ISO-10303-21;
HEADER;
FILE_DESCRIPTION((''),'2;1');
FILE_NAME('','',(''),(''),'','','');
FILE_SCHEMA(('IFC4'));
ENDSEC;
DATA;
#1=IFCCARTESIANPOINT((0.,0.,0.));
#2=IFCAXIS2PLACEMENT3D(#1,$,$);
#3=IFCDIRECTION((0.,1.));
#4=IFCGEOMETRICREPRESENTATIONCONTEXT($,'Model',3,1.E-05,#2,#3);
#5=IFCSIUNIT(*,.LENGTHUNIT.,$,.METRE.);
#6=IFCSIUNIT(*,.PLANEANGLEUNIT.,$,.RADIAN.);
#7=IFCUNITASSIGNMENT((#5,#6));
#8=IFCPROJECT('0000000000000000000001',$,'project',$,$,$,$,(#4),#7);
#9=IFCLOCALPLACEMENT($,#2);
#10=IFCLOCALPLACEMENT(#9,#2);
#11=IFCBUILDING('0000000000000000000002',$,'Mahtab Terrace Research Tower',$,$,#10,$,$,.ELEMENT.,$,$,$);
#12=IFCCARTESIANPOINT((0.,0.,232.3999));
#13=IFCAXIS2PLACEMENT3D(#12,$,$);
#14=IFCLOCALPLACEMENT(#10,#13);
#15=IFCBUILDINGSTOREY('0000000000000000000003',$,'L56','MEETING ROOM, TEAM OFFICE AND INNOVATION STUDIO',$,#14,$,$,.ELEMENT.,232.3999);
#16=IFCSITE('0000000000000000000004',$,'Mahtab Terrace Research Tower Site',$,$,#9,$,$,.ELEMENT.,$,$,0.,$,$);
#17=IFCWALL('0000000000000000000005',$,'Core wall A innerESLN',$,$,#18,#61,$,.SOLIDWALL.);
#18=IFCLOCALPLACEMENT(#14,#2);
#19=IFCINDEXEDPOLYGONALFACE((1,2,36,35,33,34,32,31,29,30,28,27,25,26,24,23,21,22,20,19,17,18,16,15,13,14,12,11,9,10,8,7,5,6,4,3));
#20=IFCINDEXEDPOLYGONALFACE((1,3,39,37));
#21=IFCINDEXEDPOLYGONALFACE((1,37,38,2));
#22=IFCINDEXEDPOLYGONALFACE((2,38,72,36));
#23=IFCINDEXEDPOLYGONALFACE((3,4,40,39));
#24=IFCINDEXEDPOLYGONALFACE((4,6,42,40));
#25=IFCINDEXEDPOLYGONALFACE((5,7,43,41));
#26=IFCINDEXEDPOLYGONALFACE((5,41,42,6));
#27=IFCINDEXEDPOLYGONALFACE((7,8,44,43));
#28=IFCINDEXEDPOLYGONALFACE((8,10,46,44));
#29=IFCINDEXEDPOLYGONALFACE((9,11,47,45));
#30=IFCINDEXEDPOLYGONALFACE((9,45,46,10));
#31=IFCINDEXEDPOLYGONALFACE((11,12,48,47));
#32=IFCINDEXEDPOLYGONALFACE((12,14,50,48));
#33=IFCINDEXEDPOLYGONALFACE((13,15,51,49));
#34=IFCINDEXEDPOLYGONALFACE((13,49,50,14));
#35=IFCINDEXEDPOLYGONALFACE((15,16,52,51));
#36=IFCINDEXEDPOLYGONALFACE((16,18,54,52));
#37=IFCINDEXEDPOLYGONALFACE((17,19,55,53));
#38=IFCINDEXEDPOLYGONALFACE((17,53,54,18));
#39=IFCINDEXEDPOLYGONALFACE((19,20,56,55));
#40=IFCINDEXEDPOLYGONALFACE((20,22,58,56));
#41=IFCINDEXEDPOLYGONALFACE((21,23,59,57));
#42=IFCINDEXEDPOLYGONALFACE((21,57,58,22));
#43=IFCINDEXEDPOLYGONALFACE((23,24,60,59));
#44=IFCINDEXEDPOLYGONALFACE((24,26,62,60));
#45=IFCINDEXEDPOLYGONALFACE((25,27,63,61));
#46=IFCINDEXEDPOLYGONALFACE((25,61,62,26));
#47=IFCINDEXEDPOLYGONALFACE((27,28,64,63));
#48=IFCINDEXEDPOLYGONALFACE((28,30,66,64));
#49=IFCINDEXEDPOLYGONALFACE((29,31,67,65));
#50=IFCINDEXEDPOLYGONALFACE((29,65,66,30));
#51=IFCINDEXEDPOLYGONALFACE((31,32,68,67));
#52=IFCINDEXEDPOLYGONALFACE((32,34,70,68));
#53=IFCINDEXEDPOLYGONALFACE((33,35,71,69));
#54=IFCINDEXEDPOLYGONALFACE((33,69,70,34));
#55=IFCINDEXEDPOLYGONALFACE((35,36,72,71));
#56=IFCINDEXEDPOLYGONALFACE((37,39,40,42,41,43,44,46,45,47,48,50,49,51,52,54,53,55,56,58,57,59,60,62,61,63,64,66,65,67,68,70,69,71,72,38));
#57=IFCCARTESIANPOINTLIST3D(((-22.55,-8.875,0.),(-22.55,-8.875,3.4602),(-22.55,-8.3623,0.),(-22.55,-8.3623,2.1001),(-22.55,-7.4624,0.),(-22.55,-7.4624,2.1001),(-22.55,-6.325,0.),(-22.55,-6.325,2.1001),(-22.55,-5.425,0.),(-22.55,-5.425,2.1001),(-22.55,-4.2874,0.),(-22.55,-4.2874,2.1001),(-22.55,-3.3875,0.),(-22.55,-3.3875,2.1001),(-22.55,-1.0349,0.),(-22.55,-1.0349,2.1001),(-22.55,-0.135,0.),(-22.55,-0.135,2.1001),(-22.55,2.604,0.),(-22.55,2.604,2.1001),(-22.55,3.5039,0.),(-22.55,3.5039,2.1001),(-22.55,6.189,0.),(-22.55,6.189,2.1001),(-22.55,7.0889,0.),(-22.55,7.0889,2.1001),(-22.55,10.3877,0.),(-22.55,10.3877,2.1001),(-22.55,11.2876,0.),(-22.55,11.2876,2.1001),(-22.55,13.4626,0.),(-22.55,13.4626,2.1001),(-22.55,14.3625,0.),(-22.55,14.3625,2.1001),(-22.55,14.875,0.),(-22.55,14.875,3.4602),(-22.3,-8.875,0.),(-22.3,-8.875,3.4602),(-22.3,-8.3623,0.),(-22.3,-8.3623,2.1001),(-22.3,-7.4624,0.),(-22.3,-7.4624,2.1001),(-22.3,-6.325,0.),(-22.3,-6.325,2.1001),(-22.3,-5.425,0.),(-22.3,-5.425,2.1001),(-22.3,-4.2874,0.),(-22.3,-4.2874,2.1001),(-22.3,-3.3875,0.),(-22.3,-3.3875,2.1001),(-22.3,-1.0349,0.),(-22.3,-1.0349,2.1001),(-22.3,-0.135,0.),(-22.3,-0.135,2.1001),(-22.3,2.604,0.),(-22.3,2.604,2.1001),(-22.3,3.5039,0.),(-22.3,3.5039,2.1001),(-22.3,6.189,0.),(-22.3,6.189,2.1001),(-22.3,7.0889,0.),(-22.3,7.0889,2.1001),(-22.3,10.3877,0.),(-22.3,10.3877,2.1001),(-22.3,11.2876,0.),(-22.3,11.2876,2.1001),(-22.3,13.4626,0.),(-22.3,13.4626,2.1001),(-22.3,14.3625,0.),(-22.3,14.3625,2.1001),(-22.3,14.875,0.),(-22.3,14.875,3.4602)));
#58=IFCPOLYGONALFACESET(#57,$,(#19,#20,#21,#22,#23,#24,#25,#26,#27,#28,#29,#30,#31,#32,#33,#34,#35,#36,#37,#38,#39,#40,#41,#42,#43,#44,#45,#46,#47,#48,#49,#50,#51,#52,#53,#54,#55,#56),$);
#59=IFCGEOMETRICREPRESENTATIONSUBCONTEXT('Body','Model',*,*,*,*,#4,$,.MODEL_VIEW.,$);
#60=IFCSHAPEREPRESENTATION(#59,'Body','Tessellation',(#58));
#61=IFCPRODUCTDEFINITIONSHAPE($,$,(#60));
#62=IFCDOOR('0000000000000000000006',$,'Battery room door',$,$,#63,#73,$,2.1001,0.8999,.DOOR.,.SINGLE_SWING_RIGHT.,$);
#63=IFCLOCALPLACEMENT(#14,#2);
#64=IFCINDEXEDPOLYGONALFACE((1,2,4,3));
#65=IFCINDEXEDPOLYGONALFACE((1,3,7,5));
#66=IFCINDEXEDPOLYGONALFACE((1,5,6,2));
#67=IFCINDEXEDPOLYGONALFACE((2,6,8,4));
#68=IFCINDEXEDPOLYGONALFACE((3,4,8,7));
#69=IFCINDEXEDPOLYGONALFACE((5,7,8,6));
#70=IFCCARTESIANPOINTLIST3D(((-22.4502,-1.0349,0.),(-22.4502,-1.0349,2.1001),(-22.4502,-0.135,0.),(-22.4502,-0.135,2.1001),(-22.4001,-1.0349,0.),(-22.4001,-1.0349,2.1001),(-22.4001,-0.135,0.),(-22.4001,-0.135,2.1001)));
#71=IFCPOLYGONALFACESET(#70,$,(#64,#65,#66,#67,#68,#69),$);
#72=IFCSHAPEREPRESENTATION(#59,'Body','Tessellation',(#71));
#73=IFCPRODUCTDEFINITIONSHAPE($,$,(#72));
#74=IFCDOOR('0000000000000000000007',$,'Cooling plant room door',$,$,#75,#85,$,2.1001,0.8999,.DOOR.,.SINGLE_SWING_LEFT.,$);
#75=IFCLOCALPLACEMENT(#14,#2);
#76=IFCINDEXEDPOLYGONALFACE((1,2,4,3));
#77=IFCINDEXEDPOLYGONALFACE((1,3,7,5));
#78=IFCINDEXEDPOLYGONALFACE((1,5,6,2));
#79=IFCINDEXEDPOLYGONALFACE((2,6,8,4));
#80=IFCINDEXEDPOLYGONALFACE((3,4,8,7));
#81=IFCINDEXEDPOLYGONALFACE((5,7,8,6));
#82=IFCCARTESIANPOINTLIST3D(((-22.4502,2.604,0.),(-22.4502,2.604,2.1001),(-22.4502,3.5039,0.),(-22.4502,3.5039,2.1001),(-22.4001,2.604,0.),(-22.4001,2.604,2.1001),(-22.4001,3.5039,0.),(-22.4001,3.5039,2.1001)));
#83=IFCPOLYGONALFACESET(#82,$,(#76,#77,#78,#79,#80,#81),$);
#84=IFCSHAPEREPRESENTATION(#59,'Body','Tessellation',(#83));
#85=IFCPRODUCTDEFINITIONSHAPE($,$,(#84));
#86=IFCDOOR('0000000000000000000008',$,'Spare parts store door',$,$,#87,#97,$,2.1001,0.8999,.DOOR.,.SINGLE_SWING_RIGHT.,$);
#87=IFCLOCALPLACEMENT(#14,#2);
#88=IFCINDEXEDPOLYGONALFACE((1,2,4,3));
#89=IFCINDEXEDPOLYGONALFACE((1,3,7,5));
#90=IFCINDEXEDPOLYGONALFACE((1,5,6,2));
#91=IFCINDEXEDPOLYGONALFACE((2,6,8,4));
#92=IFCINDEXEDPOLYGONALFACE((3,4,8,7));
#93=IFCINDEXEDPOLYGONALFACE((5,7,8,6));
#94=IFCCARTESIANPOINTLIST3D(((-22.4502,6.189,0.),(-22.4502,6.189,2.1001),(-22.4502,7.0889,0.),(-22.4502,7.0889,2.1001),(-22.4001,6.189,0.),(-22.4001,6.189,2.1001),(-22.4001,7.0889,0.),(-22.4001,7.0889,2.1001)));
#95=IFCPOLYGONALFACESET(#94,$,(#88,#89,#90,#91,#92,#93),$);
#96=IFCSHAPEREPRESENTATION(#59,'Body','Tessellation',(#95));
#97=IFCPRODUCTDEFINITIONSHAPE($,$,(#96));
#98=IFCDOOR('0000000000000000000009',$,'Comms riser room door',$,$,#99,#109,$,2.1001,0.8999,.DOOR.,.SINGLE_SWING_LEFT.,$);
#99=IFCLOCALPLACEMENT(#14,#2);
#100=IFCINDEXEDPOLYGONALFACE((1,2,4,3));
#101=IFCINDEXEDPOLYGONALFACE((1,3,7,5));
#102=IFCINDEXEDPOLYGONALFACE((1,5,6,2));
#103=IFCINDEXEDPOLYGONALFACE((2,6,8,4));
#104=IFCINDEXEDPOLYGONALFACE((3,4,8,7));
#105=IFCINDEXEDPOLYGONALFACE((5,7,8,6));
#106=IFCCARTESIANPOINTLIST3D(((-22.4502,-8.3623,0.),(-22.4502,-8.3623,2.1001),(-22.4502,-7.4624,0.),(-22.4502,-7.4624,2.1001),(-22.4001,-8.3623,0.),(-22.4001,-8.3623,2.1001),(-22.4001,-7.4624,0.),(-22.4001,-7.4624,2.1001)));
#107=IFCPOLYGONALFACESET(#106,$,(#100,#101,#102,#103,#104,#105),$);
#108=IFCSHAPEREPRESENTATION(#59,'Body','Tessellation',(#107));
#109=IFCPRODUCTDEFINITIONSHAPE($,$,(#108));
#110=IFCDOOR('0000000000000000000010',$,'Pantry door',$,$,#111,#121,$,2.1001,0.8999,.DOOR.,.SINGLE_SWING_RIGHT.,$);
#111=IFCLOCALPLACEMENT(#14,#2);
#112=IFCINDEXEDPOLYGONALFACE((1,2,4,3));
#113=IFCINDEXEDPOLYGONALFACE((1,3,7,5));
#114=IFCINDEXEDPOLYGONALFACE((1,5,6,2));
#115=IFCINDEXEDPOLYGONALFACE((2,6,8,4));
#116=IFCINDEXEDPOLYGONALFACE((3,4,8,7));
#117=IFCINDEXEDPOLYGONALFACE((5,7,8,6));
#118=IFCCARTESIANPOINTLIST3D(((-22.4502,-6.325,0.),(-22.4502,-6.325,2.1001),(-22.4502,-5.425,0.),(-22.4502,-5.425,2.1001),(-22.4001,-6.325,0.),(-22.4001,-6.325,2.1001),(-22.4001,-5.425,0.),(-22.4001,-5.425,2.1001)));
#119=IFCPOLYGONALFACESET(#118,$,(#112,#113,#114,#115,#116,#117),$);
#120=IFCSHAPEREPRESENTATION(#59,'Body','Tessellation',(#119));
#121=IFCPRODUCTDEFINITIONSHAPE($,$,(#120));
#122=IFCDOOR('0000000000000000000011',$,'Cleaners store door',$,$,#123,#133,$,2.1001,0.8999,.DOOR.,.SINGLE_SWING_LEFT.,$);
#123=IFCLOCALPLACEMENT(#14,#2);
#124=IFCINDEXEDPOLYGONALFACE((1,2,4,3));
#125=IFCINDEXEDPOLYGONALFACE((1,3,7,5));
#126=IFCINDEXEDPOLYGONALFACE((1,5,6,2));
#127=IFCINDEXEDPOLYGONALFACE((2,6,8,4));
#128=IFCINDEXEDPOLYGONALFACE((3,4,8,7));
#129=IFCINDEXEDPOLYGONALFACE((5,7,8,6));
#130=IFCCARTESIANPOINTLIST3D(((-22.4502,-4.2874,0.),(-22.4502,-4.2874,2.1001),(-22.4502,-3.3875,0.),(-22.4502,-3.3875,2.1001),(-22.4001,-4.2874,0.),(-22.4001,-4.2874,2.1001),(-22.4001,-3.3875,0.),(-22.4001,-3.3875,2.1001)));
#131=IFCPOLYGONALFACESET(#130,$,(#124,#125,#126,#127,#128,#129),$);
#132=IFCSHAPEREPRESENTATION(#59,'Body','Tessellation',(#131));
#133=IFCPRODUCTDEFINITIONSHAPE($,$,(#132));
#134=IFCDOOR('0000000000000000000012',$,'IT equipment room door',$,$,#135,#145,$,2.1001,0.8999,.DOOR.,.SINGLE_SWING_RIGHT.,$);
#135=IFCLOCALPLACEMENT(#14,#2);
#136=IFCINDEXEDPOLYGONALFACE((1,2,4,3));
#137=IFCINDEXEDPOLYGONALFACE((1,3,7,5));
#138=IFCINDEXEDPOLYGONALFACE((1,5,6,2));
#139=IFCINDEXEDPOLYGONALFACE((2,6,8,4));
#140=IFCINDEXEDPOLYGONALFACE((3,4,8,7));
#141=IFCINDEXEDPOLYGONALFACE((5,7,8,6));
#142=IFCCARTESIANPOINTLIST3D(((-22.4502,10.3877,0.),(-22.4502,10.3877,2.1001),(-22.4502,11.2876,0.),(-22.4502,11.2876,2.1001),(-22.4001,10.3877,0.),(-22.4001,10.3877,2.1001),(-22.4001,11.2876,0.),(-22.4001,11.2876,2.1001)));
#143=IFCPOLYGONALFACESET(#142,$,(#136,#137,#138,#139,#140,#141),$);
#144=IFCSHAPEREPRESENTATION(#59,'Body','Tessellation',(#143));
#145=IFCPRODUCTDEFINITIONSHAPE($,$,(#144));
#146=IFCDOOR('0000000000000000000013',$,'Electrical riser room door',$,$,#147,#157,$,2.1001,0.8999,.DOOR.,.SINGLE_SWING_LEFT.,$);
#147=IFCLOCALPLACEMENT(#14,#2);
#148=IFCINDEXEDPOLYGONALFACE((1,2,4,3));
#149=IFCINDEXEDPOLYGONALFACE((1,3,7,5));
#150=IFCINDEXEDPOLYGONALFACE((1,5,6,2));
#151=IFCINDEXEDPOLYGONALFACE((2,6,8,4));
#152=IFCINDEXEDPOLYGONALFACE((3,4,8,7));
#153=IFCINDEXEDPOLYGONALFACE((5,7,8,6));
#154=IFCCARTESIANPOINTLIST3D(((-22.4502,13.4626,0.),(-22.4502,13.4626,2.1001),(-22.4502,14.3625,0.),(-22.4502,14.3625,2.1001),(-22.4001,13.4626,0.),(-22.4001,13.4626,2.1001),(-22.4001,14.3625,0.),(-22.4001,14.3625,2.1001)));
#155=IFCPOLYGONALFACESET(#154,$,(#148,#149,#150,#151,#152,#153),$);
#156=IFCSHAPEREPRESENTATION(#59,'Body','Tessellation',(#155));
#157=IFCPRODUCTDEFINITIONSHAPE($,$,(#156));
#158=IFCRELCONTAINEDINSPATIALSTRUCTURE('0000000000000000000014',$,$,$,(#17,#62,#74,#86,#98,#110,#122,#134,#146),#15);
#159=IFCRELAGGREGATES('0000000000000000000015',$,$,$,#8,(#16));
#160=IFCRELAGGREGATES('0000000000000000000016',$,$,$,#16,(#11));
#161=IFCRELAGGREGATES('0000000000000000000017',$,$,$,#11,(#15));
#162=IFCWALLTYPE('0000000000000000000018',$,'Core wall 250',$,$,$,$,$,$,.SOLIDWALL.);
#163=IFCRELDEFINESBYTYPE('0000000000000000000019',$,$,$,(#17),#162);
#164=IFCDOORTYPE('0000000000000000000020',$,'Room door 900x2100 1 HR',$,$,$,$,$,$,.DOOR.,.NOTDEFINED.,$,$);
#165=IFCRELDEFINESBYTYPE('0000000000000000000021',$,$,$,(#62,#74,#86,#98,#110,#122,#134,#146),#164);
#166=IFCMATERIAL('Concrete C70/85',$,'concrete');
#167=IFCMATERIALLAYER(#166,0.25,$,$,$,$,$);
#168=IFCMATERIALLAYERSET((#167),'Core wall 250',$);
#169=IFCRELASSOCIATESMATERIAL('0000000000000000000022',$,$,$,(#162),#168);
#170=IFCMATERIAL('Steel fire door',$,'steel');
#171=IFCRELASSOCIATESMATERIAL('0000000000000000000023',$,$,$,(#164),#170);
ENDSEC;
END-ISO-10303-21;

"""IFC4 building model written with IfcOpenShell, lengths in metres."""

from ifc_helpers import new_model, si_unit, direction, frame, frame_2d, origin, place, context, subcontext, project, spatial, rectangle, extrude, material, layer, layer_set, type_object, element, fill, save


model = new_model("IFC4")

# Units and contexts
model_context = context("Model", 3, precision=1e-05, world=origin(), true_north=direction((0.0, 1.0)))
body_context = subcontext(model_context, "Body", "Model", "MODEL_VIEW")
ifc_project = project(units=[si_unit("LENGTHUNIT", "METRE"), si_unit("PLANEANGLEUNIT", "RADIAN")], contexts=[model_context])

# Site, building, storey
site_placement = place(None, origin())
site = spatial("IfcSite", under=ifc_project, at=site_placement, Name="Mahtab Terrace Research Tower Site", CompositionType="ELEMENT", RefElevation=0.0)
building_placement = place(site_placement, origin())
building = spatial("IfcBuilding", under=site, at=building_placement, Name="Mahtab Terrace Research Tower", CompositionType="ELEMENT")
storey_placement = place(building_placement, frame((0.0, 0.0, 232.3999)))
storey = spatial("IfcBuildingStorey", under=building, at=storey_placement, Name="L56", Description="MEETING ROOM, TEAM OFFICE AND INNOVATION STUDIO", CompositionType="ELEMENT", Elevation=232.3999)

# Shared definitions
ifc_material_1 = material(Name="Concrete C70/85", Category="concrete")

# Wall, openings, doors
ifc_layer_1 = layer(ifc_material_1, 0.25)
ifc_layer_set_1 = layer_set([ifc_layer_1], Name="Core wall 250")
wall_type_1 = type_object("IfcWallType", Name="Core wall 250", PredefinedType="SOLIDWALL", material=ifc_layer_set_1)
wall_1_placement = place(storey_placement, frame((-22.425, 14.875, 0.0), z_axis=(0.0, 0.0, 1.0), x_axis=(0.0, -1.0, 0.0)))
wall_1 = element("IfcWall", 1, at=wall_1_placement, inside=storey, type_object=wall_type_1, Name="Core wall A innerESLN", PredefinedType="SOLIDWALL", context=body_context, shape_type="SweptSolid", body=[
    extrude(rectangle(XDim=23.75, YDim=0.25, at=frame_2d((11.875, 0.0))), origin(), (0.0, 0.0, 1.0), 3.4602),
])
opening_1_placement = place(wall_1_placement, frame((15.01, 0.0, 0.0)))
opening_1 = element("IfcOpeningElement", 2, at=opening_1_placement, cuts=wall_1, PredefinedType="OPENING", context=body_context, shape_type="SweptSolid", body=[
    extrude(rectangle(XDim=0.8999, YDim=2.1001, at=frame_2d((0.45, 1.05))), frame((0.0, 0.135, 0.0), z_axis=(0.0, -1.0, 0.0), x_axis=(1.0, 0.0, 0.0)), (0.0, 0.0, 1.0), 0.27),
])
opening_2_placement = place(wall_1_placement, frame((11.3711, 0.0, 0.0)))
opening_2 = element("IfcOpeningElement", 3, at=opening_2_placement, cuts=wall_1, PredefinedType="OPENING", context=body_context, shape_type="SweptSolid", body=[
    extrude(rectangle(XDim=0.8999, YDim=2.1001, at=frame_2d((0.45, 1.05))), frame((0.0, 0.135, 0.0), z_axis=(0.0, -1.0, 0.0), x_axis=(1.0, 0.0, 0.0)), (0.0, 0.0, 1.0), 0.27),
])
opening_3_placement = place(wall_1_placement, frame((7.7861, 0.0, 0.0)))
opening_3 = element("IfcOpeningElement", 4, at=opening_3_placement, cuts=wall_1, PredefinedType="OPENING", context=body_context, shape_type="SweptSolid", body=[
    extrude(rectangle(XDim=0.8999, YDim=2.1001, at=frame_2d((0.45, 1.05))), frame((0.0, 0.135, 0.0), z_axis=(0.0, -1.0, 0.0), x_axis=(1.0, 0.0, 0.0)), (0.0, 0.0, 1.0), 0.27),
])
opening_4_placement = place(wall_1_placement, frame((22.3374, 0.0, 0.0)))
opening_4 = element("IfcOpeningElement", 5, at=opening_4_placement, cuts=wall_1, PredefinedType="OPENING", context=body_context, shape_type="SweptSolid", body=[
    extrude(rectangle(XDim=0.8999, YDim=2.1001, at=frame_2d((0.45, 1.05))), frame((0.0, 0.135, 0.0), z_axis=(0.0, -1.0, 0.0), x_axis=(1.0, 0.0, 0.0)), (0.0, 0.0, 1.0), 0.27),
])
opening_5_placement = place(wall_1_placement, frame((20.3, 0.0, 0.0)))
opening_5 = element("IfcOpeningElement", 6, at=opening_5_placement, cuts=wall_1, PredefinedType="OPENING", context=body_context, shape_type="SweptSolid", body=[
    extrude(rectangle(XDim=0.8999, YDim=2.1001, at=frame_2d((0.45, 1.05))), frame((0.0, 0.135, 0.0), z_axis=(0.0, -1.0, 0.0), x_axis=(1.0, 0.0, 0.0)), (0.0, 0.0, 1.0), 0.27),
])
opening_6_placement = place(wall_1_placement, frame((18.2625, 0.0, 0.0)))
opening_6 = element("IfcOpeningElement", 7, at=opening_6_placement, cuts=wall_1, PredefinedType="OPENING", context=body_context, shape_type="SweptSolid", body=[
    extrude(rectangle(XDim=0.8999, YDim=2.1001, at=frame_2d((0.45, 1.05))), frame((0.0, 0.135, 0.0), z_axis=(0.0, -1.0, 0.0), x_axis=(1.0, 0.0, 0.0)), (0.0, 0.0, 1.0), 0.27),
])
opening_7_placement = place(wall_1_placement, frame((3.5874, 0.0, 0.0)))
opening_7 = element("IfcOpeningElement", 8, at=opening_7_placement, cuts=wall_1, PredefinedType="OPENING", context=body_context, shape_type="SweptSolid", body=[
    extrude(rectangle(XDim=0.8999, YDim=2.1001, at=frame_2d((0.45, 1.05))), frame((0.0, 0.135, 0.0), z_axis=(0.0, -1.0, 0.0), x_axis=(1.0, 0.0, 0.0)), (0.0, 0.0, 1.0), 0.27),
])
opening_8_placement = place(wall_1_placement, frame((0.5125, 0.0, 0.0)))
opening_8 = element("IfcOpeningElement", 9, at=opening_8_placement, cuts=wall_1, PredefinedType="OPENING", context=body_context, shape_type="SweptSolid", body=[
    extrude(rectangle(XDim=0.8999, YDim=2.1001, at=frame_2d((0.45, 1.05))), frame((0.0, 0.135, 0.0), z_axis=(0.0, -1.0, 0.0), x_axis=(1.0, 0.0, 0.0)), (0.0, 0.0, 1.0), 0.27),
])
ifc_material_2 = material(Name="Steel fire door", Category="steel")
door_type = type_object("IfcDoorType", Name="Room door 900x2100 1 HR", OperationType="NOTDEFINED", PredefinedType="DOOR", material=ifc_material_2)
door_1_placement = place(opening_1_placement, origin())
door_1 = element("IfcDoor", 10, at=door_1_placement, inside=storey, type_object=door_type, Name="Battery room door", OperationType="SINGLE_SWING_RIGHT", OverallHeight=2.1001, OverallWidth=0.8999, PredefinedType="DOOR", context=body_context, shape_type="SweptSolid", body=[
    extrude(rectangle(XDim=0.8999, YDim=2.1001, at=frame_2d((0.45, 1.05))), frame((0.0, 0.0249, 0.0), z_axis=(0.0, -1.0, 0.0), x_axis=(1.0, 0.0, 0.0)), (0.0, 0.0, 1.0), 0.05),
])
fill(opening_1, door_1)
door_2_placement = place(opening_2_placement, origin())
door_2 = element("IfcDoor", 11, at=door_2_placement, inside=storey, type_object=door_type, Name="Cooling plant room door", OperationType="SINGLE_SWING_LEFT", OverallHeight=2.1001, OverallWidth=0.8999, PredefinedType="DOOR", context=body_context, shape_type="SweptSolid", body=[
    extrude(rectangle(XDim=0.8999, YDim=2.1001, at=frame_2d((0.45, 1.05))), frame((0.0, 0.0249, 0.0), z_axis=(0.0, -1.0, 0.0), x_axis=(1.0, 0.0, 0.0)), (0.0, 0.0, 1.0), 0.05),
])
fill(opening_2, door_2)
door_3_placement = place(opening_3_placement, origin())
door_3 = element("IfcDoor", 12, at=door_3_placement, inside=storey, type_object=door_type, Name="Spare parts store door", OperationType="SINGLE_SWING_RIGHT", OverallHeight=2.1001, OverallWidth=0.8999, PredefinedType="DOOR", context=body_context, shape_type="SweptSolid", body=[
    extrude(rectangle(XDim=0.8999, YDim=2.1001, at=frame_2d((0.45, 1.05))), frame((0.0, 0.0249, 0.0), z_axis=(0.0, -1.0, 0.0), x_axis=(1.0, 0.0, 0.0)), (0.0, 0.0, 1.0), 0.05),
])
fill(opening_3, door_3)
door_4_placement = place(opening_4_placement, origin())
door_4 = element("IfcDoor", 13, at=door_4_placement, inside=storey, type_object=door_type, Name="Comms riser room door", OperationType="SINGLE_SWING_LEFT", OverallHeight=2.1001, OverallWidth=0.8999, PredefinedType="DOOR", context=body_context, shape_type="SweptSolid", body=[
    extrude(rectangle(XDim=0.8999, YDim=2.1001, at=frame_2d((0.45, 1.05))), frame((0.0, 0.0249, 0.0), z_axis=(0.0, -1.0, 0.0), x_axis=(1.0, 0.0, 0.0)), (0.0, 0.0, 1.0), 0.05),
])
fill(opening_4, door_4)
door_5_placement = place(opening_5_placement, origin())
door_5 = element("IfcDoor", 14, at=door_5_placement, inside=storey, type_object=door_type, Name="Pantry door", OperationType="SINGLE_SWING_RIGHT", OverallHeight=2.1001, OverallWidth=0.8999, PredefinedType="DOOR", context=body_context, shape_type="SweptSolid", body=[
    extrude(rectangle(XDim=0.8999, YDim=2.1001, at=frame_2d((0.45, 1.05))), frame((0.0, 0.0249, 0.0), z_axis=(0.0, -1.0, 0.0), x_axis=(1.0, 0.0, 0.0)), (0.0, 0.0, 1.0), 0.05),
])
fill(opening_5, door_5)
door_6_placement = place(opening_6_placement, origin())
door_6 = element("IfcDoor", 15, at=door_6_placement, inside=storey, type_object=door_type, Name="Cleaners store door", OperationType="SINGLE_SWING_LEFT", OverallHeight=2.1001, OverallWidth=0.8999, PredefinedType="DOOR", context=body_context, shape_type="SweptSolid", body=[
    extrude(rectangle(XDim=0.8999, YDim=2.1001, at=frame_2d((0.45, 1.05))), frame((0.0, 0.0249, 0.0), z_axis=(0.0, -1.0, 0.0), x_axis=(1.0, 0.0, 0.0)), (0.0, 0.0, 1.0), 0.05),
])
fill(opening_6, door_6)
door_7_placement = place(opening_7_placement, origin())
door_7 = element("IfcDoor", 16, at=door_7_placement, inside=storey, type_object=door_type, Name="IT equipment room door", OperationType="SINGLE_SWING_RIGHT", OverallHeight=2.1001, OverallWidth=0.8999, PredefinedType="DOOR", context=body_context, shape_type="SweptSolid", body=[
    extrude(rectangle(XDim=0.8999, YDim=2.1001, at=frame_2d((0.45, 1.05))), frame((0.0, 0.0249, 0.0), z_axis=(0.0, -1.0, 0.0), x_axis=(1.0, 0.0, 0.0)), (0.0, 0.0, 1.0), 0.05),
])
fill(opening_7, door_7)
door_8_placement = place(opening_8_placement, origin())
door_8 = element("IfcDoor", 17, at=door_8_placement, inside=storey, type_object=door_type, Name="Electrical riser room door", OperationType="SINGLE_SWING_LEFT", OverallHeight=2.1001, OverallWidth=0.8999, PredefinedType="DOOR", context=body_context, shape_type="SweptSolid", body=[
    extrude(rectangle(XDim=0.8999, YDim=2.1001, at=frame_2d((0.45, 1.05))), frame((0.0, 0.0249, 0.0), z_axis=(0.0, -1.0, 0.0), x_axis=(1.0, 0.0, 0.0)), (0.0, 0.0, 1.0), 0.05),
])
fill(opening_8, door_8)

save(model, "model.ifc")
